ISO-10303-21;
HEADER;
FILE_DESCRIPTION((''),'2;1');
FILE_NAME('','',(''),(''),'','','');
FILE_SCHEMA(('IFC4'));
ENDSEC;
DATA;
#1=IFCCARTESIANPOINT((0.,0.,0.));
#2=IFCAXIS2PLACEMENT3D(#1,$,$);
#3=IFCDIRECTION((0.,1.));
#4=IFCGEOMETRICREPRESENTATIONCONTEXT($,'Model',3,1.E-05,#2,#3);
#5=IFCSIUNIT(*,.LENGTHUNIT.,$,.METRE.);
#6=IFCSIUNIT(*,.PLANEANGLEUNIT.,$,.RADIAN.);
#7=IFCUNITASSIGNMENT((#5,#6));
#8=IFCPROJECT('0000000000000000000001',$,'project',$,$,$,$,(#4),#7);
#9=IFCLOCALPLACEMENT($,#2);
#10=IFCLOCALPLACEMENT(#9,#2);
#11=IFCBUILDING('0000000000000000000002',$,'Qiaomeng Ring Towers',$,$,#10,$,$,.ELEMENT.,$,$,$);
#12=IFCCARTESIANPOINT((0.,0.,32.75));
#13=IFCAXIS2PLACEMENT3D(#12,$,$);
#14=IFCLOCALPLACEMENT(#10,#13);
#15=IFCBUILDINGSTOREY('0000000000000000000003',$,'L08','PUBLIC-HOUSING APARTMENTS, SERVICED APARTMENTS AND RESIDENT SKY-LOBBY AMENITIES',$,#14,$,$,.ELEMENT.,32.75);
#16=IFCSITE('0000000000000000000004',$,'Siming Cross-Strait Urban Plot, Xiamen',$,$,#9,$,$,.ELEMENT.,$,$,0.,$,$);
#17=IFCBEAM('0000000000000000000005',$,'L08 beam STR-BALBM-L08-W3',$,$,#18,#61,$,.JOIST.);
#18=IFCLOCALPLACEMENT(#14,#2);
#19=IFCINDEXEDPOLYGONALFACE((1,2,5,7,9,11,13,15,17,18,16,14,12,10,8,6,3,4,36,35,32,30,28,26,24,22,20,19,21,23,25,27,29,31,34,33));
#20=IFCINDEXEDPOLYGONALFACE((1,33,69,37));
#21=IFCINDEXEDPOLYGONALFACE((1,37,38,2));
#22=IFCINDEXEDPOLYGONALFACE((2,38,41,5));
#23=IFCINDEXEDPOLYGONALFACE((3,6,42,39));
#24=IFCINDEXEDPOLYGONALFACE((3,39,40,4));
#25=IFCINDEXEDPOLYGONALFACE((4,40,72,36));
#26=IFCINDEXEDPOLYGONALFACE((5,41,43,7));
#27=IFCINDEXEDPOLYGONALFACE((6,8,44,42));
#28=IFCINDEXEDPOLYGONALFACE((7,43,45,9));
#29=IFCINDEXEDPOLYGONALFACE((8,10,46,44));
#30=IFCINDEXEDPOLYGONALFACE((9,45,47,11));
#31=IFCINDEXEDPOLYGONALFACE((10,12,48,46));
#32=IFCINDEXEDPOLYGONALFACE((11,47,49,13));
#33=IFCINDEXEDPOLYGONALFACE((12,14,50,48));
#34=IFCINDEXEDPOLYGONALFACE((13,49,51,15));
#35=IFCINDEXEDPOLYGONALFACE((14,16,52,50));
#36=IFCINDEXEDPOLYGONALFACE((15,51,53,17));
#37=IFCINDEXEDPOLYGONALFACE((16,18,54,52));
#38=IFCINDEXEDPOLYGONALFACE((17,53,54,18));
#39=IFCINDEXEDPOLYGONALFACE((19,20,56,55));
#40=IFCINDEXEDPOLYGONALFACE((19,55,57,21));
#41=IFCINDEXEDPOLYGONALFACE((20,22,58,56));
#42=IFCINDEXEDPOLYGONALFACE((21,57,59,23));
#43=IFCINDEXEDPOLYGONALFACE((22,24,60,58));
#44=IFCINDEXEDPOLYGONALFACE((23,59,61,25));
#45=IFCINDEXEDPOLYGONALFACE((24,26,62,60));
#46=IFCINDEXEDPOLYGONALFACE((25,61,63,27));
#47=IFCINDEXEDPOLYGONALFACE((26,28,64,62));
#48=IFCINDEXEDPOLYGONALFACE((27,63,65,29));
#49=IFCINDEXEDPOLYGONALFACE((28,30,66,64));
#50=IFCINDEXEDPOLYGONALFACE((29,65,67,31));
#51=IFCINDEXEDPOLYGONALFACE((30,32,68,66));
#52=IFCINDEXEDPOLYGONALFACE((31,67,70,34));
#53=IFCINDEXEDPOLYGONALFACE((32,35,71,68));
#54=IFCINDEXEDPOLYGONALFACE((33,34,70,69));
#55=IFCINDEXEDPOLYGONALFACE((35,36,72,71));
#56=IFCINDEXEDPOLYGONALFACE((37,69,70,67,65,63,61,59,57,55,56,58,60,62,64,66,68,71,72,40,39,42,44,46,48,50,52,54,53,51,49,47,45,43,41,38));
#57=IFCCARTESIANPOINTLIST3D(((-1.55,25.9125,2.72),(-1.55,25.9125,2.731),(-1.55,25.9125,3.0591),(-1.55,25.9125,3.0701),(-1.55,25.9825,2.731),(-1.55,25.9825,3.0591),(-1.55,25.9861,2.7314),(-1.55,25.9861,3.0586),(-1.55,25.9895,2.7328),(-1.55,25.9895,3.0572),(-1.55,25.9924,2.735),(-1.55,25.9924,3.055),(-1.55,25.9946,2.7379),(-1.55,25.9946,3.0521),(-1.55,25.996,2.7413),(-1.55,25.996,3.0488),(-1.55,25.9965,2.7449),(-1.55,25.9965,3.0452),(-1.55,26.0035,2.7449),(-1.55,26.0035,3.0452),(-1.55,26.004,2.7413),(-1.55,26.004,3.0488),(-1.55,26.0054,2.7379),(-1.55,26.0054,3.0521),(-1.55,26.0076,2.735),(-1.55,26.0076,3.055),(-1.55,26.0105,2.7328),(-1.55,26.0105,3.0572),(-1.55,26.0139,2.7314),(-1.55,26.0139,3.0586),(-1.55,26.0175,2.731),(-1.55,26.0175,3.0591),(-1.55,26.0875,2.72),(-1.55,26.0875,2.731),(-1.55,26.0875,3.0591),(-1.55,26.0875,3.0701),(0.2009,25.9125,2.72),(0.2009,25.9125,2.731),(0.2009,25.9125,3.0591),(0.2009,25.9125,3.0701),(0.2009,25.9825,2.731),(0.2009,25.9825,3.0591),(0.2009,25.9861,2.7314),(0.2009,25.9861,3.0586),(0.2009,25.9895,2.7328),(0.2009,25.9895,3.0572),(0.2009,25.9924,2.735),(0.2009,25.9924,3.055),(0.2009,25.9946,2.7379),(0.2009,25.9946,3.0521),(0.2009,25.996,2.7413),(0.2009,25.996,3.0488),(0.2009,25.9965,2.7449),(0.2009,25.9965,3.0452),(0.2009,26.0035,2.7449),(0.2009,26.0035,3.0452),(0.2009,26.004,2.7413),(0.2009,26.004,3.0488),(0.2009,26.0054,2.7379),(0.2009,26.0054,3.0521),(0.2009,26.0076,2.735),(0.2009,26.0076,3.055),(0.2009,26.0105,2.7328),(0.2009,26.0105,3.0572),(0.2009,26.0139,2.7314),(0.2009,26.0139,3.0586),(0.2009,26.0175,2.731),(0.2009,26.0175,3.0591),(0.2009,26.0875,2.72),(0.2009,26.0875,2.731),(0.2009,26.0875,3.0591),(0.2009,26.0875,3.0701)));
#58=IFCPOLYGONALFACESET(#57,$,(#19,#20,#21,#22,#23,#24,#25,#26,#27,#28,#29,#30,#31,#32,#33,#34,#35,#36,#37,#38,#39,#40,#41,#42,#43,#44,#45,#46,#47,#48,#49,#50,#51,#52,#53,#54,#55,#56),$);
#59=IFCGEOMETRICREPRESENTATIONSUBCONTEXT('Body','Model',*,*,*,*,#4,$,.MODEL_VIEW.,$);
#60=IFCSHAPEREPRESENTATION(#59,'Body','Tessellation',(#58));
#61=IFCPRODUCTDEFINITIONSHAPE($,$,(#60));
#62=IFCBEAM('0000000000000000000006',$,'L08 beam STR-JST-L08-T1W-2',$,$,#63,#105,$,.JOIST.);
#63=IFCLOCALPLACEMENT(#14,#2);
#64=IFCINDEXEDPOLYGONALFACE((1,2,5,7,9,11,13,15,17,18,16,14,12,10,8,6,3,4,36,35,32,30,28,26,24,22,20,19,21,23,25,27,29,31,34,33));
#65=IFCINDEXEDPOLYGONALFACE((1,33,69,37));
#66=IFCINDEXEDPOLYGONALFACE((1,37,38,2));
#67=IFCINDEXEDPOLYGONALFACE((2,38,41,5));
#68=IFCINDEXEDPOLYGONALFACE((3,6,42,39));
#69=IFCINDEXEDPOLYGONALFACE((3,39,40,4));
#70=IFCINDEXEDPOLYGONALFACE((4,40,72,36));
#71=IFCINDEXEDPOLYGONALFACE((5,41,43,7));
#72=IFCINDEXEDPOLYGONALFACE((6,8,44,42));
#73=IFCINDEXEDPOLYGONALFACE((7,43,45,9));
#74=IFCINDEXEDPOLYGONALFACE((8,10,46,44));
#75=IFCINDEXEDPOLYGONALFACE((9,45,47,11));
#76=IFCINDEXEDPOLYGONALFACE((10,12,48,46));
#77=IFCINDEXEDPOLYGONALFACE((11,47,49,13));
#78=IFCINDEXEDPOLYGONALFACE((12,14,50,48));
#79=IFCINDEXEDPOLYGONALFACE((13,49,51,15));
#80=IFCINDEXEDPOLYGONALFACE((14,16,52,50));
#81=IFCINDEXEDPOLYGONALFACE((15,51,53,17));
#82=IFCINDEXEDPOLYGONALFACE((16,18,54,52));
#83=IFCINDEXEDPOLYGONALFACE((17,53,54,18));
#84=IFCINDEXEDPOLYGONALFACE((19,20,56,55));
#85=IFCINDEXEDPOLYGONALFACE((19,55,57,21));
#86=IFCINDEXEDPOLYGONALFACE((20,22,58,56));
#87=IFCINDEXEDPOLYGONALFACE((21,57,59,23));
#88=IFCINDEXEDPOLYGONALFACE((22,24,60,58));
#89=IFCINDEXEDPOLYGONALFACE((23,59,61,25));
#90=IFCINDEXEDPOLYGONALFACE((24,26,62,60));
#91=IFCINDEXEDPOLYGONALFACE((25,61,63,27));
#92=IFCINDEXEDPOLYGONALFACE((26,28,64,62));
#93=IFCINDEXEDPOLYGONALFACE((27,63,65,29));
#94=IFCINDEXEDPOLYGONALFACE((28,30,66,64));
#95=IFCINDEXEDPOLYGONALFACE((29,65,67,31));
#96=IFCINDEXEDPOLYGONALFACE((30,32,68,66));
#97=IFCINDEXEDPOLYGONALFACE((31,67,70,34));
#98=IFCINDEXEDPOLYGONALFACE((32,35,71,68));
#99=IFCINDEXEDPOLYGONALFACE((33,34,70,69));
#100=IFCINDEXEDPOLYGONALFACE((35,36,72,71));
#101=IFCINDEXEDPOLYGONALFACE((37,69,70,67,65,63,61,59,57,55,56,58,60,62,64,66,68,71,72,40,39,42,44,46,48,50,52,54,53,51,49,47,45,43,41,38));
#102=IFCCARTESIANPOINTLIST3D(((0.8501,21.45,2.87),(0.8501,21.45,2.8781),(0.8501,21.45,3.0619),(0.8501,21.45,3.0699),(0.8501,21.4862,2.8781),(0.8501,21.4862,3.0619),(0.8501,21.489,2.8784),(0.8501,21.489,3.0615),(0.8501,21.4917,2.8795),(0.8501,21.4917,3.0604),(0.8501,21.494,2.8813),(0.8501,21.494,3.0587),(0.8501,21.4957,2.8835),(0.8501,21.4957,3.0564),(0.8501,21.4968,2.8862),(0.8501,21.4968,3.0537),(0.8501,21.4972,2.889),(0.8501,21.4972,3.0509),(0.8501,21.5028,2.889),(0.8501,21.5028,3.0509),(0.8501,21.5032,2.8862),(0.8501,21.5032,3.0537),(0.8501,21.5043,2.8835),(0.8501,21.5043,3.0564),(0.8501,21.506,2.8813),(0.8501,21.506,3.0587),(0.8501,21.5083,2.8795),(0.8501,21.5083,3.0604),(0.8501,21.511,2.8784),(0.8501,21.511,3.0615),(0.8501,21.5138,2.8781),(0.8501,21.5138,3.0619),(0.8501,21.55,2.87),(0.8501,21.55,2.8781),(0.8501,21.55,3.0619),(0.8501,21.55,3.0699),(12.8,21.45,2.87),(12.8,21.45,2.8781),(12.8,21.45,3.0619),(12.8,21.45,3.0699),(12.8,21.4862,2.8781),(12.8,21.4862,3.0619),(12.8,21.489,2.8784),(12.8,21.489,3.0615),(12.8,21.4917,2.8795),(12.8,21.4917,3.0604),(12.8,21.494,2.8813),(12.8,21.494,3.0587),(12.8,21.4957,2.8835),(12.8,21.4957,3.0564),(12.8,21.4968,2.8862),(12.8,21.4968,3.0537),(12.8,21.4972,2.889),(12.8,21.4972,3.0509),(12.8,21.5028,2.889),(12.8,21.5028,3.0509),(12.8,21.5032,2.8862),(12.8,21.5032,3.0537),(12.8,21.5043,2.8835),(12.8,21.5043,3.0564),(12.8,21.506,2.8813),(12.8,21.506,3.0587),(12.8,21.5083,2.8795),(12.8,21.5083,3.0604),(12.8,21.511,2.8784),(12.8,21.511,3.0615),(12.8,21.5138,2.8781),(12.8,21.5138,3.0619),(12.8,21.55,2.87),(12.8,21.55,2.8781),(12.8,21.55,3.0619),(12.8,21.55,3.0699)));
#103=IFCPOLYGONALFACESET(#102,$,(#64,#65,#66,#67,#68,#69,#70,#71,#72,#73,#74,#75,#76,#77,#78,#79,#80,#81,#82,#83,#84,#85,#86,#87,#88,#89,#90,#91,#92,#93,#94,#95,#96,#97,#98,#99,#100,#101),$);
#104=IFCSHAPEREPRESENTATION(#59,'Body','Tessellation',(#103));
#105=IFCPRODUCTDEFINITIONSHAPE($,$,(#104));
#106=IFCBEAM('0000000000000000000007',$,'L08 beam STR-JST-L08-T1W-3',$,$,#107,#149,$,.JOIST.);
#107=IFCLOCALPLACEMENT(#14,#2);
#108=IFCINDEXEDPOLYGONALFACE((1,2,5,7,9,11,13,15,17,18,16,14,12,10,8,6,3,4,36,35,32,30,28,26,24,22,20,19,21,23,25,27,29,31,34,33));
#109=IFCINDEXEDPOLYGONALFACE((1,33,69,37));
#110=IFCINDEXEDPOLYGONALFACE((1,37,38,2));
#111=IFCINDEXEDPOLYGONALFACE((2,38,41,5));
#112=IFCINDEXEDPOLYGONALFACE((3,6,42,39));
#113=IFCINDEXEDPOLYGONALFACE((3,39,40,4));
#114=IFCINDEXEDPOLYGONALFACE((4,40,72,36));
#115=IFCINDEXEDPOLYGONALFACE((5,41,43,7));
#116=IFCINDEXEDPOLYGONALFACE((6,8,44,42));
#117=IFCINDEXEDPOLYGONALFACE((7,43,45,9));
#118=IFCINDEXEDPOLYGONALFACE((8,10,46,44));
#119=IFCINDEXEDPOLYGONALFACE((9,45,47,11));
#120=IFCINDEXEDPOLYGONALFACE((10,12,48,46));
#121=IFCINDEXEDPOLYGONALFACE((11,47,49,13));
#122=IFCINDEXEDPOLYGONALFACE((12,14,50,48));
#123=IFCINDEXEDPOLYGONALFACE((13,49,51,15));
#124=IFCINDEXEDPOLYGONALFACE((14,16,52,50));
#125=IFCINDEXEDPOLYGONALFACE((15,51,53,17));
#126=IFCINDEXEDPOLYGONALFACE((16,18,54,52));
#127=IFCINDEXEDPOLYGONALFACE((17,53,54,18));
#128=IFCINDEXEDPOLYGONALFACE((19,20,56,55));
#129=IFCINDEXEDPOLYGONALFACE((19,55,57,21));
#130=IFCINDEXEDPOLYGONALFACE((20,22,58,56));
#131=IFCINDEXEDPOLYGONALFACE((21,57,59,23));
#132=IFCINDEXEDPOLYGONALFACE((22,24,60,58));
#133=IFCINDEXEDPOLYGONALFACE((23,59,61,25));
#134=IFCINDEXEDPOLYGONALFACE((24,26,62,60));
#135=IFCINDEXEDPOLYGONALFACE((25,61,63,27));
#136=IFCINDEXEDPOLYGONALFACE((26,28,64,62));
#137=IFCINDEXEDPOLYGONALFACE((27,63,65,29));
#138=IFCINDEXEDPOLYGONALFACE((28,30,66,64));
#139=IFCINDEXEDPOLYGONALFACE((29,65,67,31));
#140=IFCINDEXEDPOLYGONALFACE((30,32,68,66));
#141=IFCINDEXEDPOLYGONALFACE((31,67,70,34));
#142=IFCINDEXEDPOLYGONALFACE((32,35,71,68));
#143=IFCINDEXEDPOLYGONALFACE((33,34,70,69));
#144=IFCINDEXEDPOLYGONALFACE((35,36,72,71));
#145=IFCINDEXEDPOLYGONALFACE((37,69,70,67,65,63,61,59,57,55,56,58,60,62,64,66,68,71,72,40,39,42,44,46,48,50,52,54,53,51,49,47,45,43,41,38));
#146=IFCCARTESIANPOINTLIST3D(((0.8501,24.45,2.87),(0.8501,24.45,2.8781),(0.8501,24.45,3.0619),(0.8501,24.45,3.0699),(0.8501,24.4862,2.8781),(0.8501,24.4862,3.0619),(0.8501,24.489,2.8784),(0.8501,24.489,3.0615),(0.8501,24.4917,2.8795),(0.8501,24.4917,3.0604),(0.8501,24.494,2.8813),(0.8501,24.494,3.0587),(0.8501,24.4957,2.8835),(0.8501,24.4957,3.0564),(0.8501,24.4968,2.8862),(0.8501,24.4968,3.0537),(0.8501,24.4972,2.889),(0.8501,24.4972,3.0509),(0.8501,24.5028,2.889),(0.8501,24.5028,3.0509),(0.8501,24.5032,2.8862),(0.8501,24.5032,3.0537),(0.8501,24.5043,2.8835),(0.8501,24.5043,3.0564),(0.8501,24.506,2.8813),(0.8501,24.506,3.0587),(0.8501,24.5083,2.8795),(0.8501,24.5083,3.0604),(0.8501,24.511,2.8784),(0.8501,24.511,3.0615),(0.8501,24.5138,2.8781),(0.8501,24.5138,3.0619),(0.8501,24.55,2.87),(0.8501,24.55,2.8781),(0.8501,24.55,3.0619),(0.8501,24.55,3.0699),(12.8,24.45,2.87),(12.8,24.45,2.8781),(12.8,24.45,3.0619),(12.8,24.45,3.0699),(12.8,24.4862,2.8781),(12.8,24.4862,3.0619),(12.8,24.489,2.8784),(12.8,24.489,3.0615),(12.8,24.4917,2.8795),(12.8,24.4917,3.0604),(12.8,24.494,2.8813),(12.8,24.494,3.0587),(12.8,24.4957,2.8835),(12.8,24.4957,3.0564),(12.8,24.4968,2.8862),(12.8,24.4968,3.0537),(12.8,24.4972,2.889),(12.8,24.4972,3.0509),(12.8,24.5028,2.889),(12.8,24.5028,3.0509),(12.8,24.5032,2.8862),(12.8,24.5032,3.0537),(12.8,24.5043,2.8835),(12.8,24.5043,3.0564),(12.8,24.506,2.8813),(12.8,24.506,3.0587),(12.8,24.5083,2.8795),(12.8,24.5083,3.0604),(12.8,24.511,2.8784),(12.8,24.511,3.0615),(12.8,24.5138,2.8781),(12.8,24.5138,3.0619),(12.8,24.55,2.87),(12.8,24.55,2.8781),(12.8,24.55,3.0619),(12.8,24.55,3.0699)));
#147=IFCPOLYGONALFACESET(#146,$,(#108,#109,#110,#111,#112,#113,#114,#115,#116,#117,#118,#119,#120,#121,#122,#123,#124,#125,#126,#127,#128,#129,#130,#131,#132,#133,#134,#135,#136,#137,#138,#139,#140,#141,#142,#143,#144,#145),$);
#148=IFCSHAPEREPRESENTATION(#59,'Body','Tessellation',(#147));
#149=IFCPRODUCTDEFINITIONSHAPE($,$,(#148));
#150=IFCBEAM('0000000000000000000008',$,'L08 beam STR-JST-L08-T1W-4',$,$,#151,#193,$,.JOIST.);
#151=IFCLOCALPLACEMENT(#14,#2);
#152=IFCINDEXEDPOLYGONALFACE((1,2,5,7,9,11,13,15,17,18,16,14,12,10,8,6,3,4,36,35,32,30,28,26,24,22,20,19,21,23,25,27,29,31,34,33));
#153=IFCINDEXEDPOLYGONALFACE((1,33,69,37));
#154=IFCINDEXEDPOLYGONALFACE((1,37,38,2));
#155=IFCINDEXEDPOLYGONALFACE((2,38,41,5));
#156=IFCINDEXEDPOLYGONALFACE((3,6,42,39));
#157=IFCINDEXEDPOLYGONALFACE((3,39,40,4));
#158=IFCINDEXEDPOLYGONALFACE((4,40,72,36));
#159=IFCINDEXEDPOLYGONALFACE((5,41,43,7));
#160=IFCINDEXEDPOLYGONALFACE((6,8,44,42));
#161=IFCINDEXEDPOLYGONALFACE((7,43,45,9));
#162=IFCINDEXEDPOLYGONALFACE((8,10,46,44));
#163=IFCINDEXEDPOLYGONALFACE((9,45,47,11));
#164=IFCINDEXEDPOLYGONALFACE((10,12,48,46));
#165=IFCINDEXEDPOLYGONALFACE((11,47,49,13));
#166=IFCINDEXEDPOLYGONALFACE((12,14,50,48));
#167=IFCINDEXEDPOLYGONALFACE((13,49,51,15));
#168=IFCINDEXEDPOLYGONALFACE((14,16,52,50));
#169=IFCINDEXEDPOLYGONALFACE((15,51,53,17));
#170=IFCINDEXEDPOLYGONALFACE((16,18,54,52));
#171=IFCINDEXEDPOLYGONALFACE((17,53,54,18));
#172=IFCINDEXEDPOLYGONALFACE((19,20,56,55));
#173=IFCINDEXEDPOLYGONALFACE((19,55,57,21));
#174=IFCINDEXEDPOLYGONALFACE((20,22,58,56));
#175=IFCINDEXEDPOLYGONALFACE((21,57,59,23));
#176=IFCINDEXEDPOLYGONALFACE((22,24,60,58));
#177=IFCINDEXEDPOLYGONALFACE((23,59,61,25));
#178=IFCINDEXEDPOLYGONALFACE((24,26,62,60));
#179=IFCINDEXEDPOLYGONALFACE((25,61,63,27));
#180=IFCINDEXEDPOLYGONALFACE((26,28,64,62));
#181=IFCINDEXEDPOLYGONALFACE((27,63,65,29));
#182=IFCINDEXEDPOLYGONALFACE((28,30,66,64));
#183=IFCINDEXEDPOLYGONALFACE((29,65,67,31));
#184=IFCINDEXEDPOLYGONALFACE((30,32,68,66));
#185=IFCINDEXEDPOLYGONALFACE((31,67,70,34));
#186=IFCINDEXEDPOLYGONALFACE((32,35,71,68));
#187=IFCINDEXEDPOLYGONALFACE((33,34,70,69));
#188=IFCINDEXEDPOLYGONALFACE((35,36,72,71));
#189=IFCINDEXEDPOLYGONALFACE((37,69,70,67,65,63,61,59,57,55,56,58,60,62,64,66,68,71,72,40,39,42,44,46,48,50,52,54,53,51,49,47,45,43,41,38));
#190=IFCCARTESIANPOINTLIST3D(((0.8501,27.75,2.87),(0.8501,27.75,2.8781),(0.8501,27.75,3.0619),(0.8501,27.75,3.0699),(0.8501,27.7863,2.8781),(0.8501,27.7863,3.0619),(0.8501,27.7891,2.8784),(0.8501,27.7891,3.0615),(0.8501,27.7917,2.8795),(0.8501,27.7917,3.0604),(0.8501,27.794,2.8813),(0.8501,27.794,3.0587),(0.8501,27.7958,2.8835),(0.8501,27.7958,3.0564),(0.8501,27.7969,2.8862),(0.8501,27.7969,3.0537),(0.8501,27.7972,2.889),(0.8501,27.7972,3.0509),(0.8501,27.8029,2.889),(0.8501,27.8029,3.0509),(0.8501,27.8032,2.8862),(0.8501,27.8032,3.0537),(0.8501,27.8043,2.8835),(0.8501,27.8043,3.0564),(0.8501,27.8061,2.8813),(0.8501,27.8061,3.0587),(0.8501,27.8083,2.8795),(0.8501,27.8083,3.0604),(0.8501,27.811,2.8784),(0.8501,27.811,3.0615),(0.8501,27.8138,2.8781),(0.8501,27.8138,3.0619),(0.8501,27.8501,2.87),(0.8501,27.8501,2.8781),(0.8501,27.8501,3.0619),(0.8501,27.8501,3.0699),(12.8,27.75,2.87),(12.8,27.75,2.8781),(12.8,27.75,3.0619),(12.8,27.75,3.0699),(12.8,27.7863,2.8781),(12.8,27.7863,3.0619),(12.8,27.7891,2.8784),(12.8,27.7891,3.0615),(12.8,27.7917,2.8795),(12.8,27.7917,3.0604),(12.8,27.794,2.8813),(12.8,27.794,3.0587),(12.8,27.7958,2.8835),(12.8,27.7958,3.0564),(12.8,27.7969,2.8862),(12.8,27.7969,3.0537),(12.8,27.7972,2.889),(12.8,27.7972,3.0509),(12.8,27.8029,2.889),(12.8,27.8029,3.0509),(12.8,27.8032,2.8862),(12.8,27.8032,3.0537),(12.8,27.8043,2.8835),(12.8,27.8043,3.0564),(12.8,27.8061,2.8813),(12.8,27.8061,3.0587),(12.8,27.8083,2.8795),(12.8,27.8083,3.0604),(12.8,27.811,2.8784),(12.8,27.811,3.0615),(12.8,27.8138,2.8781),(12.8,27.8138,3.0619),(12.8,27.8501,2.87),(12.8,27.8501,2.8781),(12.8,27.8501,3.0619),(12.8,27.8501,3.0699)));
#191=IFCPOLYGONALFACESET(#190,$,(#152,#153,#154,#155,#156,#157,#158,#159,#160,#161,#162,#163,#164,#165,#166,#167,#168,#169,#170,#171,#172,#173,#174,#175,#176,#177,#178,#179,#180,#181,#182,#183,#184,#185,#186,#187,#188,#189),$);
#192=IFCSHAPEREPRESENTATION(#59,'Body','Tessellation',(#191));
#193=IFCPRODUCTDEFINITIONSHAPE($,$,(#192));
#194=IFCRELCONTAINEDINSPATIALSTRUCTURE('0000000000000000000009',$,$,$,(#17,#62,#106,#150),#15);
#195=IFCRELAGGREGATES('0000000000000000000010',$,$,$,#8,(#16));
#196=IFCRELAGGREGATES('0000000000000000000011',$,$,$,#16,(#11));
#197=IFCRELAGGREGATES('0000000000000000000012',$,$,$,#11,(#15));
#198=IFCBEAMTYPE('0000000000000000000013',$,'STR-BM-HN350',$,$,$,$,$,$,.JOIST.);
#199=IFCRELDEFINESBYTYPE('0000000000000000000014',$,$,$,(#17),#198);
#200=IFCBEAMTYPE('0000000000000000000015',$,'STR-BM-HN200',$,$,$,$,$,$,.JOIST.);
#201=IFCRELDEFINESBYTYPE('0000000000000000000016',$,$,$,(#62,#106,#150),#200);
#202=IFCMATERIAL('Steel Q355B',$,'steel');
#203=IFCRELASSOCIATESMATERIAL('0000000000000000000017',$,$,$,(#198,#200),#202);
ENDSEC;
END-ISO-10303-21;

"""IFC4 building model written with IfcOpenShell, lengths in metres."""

from ifc_helpers import new_model, si_unit, direction, frame, origin, origin_2d, place, context, subcontext, project, spatial, i_section, extrude, source, transform, mapped, material, material_profile, profile_set, type_object, element, save


model = new_model("IFC4")

# Units and contexts
model_context = context("Model", 3, precision=1e-05, world=origin(), true_north=direction((0.0, 1.0)))
body_context = subcontext(model_context, "Body", "Model", "MODEL_VIEW")
ifc_project = project(units=[si_unit("LENGTHUNIT", "METRE"), si_unit("PLANEANGLEUNIT", "RADIAN")], contexts=[model_context])

# Site, building, storey
site_placement = place(None, origin())
site = spatial("IfcSite", under=ifc_project, at=site_placement, Name="Siming Cross-Strait Urban Plot, Xiamen", CompositionType="ELEMENT", RefElevation=0.0)
building_placement = place(site_placement, origin())
building = spatial("IfcBuilding", under=site, at=building_placement, Name="Qiaomeng Ring Towers", CompositionType="ELEMENT")
storey_placement = place(building_placement, frame((0.0, 0.0, 32.75)))
storey = spatial("IfcBuildingStorey", under=building, at=storey_placement, Name="L08", Description="PUBLIC-HOUSING APARTMENTS, SERVICED APARTMENTS AND RESIDENT SKY-LOBBY AMENITIES", CompositionType="ELEMENT", Elevation=32.75)

# Beams
ifc_material_1 = material(Name="Steel Q355B", Category="steel")
ifc_material_profile_1 = material_profile(ifc_material_1, i_section(OverallWidth=0.175, OverallDepth=0.3501, WebThickness=0.0071, FlangeThickness=0.011, FilletRadius=0.0139, at=origin_2d()), Name="HN 350x175x7x11")
ifc_profile_set_1 = profile_set([ifc_material_profile_1], Name="Steel Q355B")
beam_type_1 = type_object("IfcBeamType", Name="STR-BM-HN350", PredefinedType="JOIST", material=ifc_profile_set_1)
shared_shape_1 = source(origin(), body_context, "Body", "SweptSolid", [
    extrude(i_section(OverallWidth=0.175, OverallDepth=0.3501, WebThickness=0.0071, FlangeThickness=0.011, FilletRadius=0.0139, at=origin_2d()), origin(), (0.0, 0.0, 1.0), 1.751),
])
beam_1_placement = place(storey_placement, frame((-1.55, 26.0, 2.895), z_axis=(1.0, 0.0, 0.0), x_axis=(0.0, 1.0, 0.0)))
element("IfcBeam", 1, at=beam_1_placement, inside=storey, type_object=beam_type_1, Name="L08 beam STR-BALBM-L08-W3", PredefinedType="JOIST", context=body_context, shape_type="MappedRepresentation", body=[
    mapped(shared_shape_1, transform((0.0, 0.0, 0.0), x_axis=(1.0, 0.0, 0.0), y_axis=(0.0, 1.0, 0.0), z_axis=(0.0, 0.0, 1.0), scale=1.0)),
])
ifc_material_profile_2 = material_profile(ifc_material_1, i_section(OverallWidth=0.1001, OverallDepth=0.2, WebThickness=0.0056, FlangeThickness=0.0081, FilletRadius=0.011, at=origin_2d()), Name="HN 200x100x5.5x8")
ifc_profile_set_2 = profile_set([ifc_material_profile_2], Name="Steel Q355B")
beam_type_2 = type_object("IfcBeamType", Name="STR-BM-HN200", PredefinedType="JOIST", material=ifc_profile_set_2)
shared_shape_2 = source(origin(), body_context, "Body", "SweptSolid", [
    extrude(i_section(OverallWidth=0.1001, OverallDepth=0.2, WebThickness=0.0056, FlangeThickness=0.0081, FilletRadius=0.011, at=origin_2d()), origin(), (0.0, 0.0, 1.0), 11.95),
])
for number, where, z_axis, x_axis, name in (
    (2, (0.8501, 21.5, 2.97), (1.0, 0.0, 0.0), (0.0, 1.0, 0.0), "L08 beam STR-JST-L08-T1W-2"),
    (3, (0.8501, 24.5, 2.97), (1.0, 0.0, 0.0), (0.0, 1.0, 0.0), "L08 beam STR-JST-L08-T1W-3"),
    (4, (0.8501, 27.8, 2.97), (1.0, 0.0, 0.0), (0.0, 1.0, 0.0), "L08 beam STR-JST-L08-T1W-4"),
):
    element("IfcBeam", number, at=place(storey_placement, frame(where, z_axis=z_axis, x_axis=x_axis)), inside=storey, type_object=beam_type_2, Name=name, PredefinedType="JOIST", context=body_context, shape_type="MappedRepresentation", body=[
        mapped(shared_shape_2, transform((0.0, 0.0, 0.0), x_axis=(1.0, 0.0, 0.0), y_axis=(0.0, 1.0, 0.0), z_axis=(0.0, 0.0, 1.0), scale=1.0)),
    ])

save(model, "model.ifc")
